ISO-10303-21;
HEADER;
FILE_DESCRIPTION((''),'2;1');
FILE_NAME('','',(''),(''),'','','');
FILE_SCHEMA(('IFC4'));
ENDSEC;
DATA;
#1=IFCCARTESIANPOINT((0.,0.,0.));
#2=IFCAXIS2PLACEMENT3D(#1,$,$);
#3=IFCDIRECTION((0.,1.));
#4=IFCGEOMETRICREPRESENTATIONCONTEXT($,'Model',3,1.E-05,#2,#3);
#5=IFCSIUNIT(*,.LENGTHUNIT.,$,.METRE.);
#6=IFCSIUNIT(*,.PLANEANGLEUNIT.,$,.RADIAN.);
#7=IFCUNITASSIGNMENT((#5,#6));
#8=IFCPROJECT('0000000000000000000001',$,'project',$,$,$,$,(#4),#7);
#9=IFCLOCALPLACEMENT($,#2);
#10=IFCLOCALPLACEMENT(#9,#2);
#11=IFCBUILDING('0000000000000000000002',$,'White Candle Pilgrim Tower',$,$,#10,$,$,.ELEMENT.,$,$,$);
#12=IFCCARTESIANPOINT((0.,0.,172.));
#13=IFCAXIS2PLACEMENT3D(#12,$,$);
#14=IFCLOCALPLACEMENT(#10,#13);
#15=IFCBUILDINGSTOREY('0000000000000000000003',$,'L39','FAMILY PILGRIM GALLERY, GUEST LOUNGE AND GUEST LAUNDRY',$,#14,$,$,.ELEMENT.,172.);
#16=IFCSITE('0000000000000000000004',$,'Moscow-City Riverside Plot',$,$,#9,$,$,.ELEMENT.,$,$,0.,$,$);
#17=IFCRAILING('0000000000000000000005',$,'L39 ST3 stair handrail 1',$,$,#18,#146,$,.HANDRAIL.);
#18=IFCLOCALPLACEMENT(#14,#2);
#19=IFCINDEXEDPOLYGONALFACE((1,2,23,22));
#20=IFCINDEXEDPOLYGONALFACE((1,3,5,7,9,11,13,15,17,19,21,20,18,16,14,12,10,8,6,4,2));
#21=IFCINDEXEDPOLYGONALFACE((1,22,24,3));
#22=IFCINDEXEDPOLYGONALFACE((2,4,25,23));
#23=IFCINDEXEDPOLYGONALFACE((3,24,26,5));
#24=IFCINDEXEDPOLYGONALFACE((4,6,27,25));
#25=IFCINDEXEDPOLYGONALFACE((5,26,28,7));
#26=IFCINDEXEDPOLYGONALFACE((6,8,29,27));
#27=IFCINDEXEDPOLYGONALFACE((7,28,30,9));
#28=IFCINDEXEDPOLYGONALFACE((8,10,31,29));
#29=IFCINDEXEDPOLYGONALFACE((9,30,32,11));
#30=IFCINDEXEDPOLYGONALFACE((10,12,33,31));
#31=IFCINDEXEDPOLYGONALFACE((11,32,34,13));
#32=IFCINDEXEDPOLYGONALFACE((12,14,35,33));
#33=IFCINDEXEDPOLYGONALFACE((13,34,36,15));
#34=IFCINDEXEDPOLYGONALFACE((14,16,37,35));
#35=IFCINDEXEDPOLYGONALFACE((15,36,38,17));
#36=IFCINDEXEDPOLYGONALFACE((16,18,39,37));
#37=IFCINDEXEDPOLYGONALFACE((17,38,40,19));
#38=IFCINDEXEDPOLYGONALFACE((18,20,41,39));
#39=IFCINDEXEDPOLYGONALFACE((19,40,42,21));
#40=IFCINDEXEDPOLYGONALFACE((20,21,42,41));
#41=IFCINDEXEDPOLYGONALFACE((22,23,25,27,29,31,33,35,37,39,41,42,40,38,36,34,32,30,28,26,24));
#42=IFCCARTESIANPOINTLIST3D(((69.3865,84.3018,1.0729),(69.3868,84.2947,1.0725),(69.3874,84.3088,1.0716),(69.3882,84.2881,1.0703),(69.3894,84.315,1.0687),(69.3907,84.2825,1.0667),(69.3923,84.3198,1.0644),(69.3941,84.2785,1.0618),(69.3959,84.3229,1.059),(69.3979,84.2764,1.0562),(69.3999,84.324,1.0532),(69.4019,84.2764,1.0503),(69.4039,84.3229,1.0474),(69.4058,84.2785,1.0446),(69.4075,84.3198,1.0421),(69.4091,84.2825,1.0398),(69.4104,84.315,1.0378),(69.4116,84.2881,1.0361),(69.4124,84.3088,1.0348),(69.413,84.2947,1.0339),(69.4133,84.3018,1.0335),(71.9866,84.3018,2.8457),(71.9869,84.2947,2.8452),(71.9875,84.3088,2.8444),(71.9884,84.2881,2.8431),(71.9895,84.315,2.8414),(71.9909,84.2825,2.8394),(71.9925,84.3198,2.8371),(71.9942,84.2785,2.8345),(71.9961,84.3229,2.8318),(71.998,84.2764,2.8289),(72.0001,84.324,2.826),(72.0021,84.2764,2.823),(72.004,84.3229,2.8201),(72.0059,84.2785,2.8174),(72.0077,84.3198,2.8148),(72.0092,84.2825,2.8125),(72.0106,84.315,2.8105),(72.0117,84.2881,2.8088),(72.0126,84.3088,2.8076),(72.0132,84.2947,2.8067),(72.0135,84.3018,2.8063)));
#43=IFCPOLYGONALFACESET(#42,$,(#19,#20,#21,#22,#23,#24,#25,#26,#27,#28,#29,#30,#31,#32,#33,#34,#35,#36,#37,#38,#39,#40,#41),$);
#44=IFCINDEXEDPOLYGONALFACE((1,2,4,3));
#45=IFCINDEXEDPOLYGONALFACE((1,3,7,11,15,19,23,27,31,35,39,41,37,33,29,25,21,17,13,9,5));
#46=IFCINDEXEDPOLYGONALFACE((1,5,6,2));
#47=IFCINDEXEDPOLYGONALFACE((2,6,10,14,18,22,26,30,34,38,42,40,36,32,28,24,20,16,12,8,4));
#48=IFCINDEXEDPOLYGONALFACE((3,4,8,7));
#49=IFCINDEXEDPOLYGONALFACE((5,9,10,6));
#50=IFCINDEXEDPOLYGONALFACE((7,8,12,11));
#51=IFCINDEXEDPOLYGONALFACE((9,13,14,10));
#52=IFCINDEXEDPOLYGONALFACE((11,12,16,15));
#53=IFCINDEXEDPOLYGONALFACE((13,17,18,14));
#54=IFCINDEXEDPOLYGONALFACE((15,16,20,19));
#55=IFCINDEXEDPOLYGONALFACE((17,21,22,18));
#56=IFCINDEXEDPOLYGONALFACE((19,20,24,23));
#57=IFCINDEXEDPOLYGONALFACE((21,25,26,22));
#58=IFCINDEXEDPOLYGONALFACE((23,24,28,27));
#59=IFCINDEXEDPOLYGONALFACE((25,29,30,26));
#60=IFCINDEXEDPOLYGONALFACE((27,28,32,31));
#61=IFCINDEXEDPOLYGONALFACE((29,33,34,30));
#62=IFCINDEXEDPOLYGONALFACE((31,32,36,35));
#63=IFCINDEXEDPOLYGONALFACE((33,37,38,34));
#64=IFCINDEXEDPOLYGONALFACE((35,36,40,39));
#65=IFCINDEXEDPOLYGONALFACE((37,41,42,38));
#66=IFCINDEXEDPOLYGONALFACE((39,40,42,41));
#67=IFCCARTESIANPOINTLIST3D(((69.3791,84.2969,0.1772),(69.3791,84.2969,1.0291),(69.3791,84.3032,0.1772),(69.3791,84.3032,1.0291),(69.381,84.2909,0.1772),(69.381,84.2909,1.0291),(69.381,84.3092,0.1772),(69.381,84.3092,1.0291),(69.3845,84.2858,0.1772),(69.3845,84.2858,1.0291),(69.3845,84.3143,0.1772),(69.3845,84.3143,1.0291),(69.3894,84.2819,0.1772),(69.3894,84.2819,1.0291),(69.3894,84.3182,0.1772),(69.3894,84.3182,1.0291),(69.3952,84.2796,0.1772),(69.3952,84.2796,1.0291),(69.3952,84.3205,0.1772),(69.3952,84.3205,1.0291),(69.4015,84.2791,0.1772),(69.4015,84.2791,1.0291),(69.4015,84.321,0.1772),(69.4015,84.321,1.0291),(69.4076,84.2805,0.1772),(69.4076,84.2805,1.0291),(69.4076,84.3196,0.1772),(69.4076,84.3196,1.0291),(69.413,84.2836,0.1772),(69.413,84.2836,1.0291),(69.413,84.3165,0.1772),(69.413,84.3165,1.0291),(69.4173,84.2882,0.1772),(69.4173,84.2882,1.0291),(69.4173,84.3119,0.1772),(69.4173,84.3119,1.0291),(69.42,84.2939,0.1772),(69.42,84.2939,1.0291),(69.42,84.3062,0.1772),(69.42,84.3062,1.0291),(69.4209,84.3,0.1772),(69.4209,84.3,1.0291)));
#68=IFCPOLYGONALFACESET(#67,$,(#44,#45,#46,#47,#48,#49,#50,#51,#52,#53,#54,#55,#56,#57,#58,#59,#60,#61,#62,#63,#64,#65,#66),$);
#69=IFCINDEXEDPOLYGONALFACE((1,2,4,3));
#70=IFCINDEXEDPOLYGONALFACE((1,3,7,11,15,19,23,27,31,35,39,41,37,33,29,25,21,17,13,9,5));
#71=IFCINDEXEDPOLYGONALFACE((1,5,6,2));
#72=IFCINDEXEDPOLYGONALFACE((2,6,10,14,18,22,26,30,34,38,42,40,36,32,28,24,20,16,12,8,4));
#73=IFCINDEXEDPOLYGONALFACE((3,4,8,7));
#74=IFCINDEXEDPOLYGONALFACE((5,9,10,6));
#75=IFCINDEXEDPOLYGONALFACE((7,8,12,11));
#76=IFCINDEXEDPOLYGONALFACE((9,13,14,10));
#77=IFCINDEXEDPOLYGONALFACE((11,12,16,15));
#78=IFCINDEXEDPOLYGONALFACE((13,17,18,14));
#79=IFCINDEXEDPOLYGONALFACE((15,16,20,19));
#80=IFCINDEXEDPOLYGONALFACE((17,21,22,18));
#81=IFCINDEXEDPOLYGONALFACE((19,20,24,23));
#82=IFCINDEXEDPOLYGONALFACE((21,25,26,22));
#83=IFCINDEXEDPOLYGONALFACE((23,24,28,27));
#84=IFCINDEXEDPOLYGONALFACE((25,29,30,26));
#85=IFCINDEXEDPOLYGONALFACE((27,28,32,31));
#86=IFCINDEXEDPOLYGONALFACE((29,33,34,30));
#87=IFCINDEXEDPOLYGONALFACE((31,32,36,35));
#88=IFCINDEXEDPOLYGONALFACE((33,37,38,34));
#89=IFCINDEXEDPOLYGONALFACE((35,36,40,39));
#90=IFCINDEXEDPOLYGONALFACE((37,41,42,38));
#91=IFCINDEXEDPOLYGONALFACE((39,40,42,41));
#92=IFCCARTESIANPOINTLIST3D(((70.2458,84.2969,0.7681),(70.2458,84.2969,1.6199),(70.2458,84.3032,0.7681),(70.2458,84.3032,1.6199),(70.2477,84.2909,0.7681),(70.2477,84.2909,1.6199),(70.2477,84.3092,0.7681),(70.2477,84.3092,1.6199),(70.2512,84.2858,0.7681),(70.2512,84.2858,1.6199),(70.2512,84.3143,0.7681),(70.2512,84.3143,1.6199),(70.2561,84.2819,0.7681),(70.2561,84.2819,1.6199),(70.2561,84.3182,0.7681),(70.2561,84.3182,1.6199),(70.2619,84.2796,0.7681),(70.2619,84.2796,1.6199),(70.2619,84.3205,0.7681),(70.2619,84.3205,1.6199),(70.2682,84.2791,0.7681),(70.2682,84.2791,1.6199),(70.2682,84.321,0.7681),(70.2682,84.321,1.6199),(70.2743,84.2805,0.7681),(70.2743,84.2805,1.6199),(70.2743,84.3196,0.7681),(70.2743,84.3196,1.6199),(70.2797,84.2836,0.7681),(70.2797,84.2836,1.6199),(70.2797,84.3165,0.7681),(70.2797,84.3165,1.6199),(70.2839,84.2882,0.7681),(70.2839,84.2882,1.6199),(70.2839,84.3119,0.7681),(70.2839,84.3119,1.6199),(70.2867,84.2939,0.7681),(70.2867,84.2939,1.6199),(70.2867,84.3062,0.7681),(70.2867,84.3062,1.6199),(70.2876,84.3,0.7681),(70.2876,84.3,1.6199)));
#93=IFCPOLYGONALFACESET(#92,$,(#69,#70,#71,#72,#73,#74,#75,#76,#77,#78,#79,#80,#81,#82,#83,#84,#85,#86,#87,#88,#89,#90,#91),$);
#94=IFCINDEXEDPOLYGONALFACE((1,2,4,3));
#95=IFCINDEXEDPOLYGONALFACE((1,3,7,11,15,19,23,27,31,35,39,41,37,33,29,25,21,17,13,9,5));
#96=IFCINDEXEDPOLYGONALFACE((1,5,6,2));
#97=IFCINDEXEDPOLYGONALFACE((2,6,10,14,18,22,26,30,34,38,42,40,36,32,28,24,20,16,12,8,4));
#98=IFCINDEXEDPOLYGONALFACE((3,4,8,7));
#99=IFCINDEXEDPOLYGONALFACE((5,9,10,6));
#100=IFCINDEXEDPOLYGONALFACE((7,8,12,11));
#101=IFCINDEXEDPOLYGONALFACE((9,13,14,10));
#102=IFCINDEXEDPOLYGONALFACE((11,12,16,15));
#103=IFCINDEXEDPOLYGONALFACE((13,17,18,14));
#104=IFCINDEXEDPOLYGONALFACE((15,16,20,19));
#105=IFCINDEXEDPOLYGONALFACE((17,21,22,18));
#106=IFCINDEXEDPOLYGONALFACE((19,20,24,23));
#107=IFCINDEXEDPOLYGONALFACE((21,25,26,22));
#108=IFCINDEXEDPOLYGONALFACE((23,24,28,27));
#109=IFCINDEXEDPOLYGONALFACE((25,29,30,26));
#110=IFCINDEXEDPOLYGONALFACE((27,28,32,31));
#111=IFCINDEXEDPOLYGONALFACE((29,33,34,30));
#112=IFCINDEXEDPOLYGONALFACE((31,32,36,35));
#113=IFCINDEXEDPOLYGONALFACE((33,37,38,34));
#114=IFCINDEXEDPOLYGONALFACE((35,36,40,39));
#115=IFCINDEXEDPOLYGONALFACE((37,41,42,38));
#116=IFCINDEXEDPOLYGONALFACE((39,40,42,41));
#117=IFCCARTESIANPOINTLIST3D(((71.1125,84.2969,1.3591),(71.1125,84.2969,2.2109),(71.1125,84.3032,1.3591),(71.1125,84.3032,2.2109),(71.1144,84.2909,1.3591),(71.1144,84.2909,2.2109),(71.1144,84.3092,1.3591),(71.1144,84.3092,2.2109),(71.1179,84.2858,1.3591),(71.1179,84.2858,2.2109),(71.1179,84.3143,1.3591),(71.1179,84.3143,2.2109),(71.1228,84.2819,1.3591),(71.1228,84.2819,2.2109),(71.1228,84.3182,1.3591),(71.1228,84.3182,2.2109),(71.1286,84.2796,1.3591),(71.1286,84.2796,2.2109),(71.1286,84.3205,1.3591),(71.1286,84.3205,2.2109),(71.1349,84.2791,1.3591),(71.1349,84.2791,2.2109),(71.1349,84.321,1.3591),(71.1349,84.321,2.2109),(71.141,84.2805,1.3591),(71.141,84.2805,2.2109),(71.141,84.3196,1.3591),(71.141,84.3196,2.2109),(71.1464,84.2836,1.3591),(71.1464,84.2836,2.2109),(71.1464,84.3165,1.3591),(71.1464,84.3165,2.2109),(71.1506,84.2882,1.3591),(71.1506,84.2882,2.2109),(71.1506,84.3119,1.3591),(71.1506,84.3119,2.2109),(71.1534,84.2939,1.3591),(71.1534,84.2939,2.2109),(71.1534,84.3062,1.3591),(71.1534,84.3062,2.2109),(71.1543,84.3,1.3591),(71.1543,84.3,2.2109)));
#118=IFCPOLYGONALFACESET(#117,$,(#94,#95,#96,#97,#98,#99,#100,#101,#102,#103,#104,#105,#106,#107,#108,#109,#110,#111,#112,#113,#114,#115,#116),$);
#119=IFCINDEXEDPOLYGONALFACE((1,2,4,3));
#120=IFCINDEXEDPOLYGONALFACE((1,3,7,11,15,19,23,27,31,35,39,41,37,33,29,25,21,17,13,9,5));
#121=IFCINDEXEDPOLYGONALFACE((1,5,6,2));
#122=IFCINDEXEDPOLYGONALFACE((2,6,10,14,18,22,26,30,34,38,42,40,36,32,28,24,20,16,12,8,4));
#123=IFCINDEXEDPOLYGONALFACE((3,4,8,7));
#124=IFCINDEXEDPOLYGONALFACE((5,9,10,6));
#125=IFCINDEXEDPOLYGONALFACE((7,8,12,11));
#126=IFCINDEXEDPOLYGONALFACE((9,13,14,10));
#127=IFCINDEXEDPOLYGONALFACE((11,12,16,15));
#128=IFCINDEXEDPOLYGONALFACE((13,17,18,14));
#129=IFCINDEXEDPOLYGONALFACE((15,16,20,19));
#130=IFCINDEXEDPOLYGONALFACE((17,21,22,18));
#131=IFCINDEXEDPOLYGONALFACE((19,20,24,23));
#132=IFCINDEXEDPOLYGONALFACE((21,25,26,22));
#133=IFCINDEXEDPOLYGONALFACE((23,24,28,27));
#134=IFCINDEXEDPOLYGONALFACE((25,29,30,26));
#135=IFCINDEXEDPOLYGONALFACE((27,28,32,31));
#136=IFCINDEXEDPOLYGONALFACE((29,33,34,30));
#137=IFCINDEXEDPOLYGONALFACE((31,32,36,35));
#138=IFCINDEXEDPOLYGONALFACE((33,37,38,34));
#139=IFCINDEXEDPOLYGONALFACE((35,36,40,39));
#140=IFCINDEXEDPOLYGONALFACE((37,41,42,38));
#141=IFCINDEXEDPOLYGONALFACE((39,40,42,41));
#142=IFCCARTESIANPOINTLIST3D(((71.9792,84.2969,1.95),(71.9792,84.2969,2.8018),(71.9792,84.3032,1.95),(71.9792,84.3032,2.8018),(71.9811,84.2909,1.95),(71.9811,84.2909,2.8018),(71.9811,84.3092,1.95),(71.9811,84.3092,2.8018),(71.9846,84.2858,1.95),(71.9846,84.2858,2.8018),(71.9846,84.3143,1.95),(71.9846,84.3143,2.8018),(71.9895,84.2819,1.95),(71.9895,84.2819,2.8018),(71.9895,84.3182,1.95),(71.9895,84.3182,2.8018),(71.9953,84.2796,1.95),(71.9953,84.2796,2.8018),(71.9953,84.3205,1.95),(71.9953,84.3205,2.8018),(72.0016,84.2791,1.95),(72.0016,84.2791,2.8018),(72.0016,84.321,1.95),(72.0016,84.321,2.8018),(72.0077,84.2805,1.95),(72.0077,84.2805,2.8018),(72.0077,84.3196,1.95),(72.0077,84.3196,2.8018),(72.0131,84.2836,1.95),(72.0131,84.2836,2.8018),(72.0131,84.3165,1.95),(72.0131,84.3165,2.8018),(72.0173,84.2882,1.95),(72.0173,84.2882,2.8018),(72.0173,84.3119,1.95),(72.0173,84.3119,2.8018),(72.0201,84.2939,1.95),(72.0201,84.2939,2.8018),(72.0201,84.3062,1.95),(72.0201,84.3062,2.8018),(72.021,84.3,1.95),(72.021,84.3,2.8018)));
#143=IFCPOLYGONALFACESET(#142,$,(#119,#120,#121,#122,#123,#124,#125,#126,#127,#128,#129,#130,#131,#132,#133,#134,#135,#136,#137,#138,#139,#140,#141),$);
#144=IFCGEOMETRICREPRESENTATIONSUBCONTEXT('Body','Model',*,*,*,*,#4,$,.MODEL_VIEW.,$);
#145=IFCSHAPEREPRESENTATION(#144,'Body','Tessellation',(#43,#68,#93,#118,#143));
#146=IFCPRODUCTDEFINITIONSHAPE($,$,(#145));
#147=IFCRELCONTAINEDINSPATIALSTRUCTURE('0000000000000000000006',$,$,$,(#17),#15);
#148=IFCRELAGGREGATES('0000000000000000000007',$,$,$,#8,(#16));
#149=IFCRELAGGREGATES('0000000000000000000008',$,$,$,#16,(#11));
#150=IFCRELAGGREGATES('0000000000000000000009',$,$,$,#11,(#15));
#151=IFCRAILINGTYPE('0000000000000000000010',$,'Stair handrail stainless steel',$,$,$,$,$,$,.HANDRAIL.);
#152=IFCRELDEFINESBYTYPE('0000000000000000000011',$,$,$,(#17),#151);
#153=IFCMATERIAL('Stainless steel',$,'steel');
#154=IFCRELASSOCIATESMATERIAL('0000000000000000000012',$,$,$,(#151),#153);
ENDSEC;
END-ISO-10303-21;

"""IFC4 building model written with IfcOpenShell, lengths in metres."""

from ifc_helpers import new_model, si_unit, direction, frame, origin, origin_2d, place, context, subcontext, project, spatial, circle, extrude, material, type_object, element, save


model = new_model("IFC4")

# Units and contexts
model_context = context("Model", 3, precision=1e-05, world=origin(), true_north=direction((0.0, 1.0)))
body_context = subcontext(model_context, "Body", "Model", "MODEL_VIEW")
ifc_project = project(units=[si_unit("LENGTHUNIT", "METRE"), si_unit("PLANEANGLEUNIT", "RADIAN")], contexts=[model_context])

# Site, building, storey
site_placement = place(None, origin())
site = spatial("IfcSite", under=ifc_project, at=site_placement, Name="Moscow-City Riverside Plot", CompositionType="ELEMENT", RefElevation=0.0)
building_placement = place(site_placement, origin())
building = spatial("IfcBuilding", under=site, at=building_placement, Name="White Candle Pilgrim Tower", CompositionType="ELEMENT")
storey_placement = place(building_placement, frame((0.0, 0.0, 172.0)))
storey = spatial("IfcBuildingStorey", under=building, at=storey_placement, Name="L39", Description="FAMILY PILGRIM GALLERY, GUEST LOUNGE AND GUEST LAUNDRY", CompositionType="ELEMENT", Elevation=172.0)

# Railing
ifc_material_1 = material(Name="Stainless steel", Category="steel")
railing_type_1 = type_object("IfcRailingType", Name="Stair handrail stainless steel", PredefinedType="HANDRAIL", material=ifc_material_1)
railing_1_placement = place(storey_placement, frame((69.3999, 84.3, 0.1772)))
element("IfcRailing", 1, at=railing_1_placement, inside=storey, type_object=railing_type_1, Name="L39 ST3 stair handrail 1", PredefinedType="HANDRAIL", context=body_context, shape_type="SweptSolid", body=[
    extrude(circle(Radius=0.0239, at=origin_2d()), frame((0.0, 0.0, 0.876), z_axis=(0.82624, 0.0, 0.563318), x_axis=(0.0, 1.0, 0.0)), (0.0, 0.0, 1.0), 3.147),
    extrude(circle(Radius=0.021, at=origin_2d()), origin(), (0.0, 0.0, 1.0), 0.8518),
    extrude(circle(Radius=0.021, at=origin_2d()), frame((0.8667, 0.0, 0.5908)), (0.0, 0.0, 1.0), 0.8518),
    extrude(circle(Radius=0.021, at=origin_2d()), frame((1.7334, 0.0, 1.1819)), (0.0, 0.0, 1.0), 0.8518),
    extrude(circle(Radius=0.021, at=origin_2d()), frame((2.6001, 0.0, 1.7727)), (0.0, 0.0, 1.0), 0.8518),
])

save(model, "model.ifc")
